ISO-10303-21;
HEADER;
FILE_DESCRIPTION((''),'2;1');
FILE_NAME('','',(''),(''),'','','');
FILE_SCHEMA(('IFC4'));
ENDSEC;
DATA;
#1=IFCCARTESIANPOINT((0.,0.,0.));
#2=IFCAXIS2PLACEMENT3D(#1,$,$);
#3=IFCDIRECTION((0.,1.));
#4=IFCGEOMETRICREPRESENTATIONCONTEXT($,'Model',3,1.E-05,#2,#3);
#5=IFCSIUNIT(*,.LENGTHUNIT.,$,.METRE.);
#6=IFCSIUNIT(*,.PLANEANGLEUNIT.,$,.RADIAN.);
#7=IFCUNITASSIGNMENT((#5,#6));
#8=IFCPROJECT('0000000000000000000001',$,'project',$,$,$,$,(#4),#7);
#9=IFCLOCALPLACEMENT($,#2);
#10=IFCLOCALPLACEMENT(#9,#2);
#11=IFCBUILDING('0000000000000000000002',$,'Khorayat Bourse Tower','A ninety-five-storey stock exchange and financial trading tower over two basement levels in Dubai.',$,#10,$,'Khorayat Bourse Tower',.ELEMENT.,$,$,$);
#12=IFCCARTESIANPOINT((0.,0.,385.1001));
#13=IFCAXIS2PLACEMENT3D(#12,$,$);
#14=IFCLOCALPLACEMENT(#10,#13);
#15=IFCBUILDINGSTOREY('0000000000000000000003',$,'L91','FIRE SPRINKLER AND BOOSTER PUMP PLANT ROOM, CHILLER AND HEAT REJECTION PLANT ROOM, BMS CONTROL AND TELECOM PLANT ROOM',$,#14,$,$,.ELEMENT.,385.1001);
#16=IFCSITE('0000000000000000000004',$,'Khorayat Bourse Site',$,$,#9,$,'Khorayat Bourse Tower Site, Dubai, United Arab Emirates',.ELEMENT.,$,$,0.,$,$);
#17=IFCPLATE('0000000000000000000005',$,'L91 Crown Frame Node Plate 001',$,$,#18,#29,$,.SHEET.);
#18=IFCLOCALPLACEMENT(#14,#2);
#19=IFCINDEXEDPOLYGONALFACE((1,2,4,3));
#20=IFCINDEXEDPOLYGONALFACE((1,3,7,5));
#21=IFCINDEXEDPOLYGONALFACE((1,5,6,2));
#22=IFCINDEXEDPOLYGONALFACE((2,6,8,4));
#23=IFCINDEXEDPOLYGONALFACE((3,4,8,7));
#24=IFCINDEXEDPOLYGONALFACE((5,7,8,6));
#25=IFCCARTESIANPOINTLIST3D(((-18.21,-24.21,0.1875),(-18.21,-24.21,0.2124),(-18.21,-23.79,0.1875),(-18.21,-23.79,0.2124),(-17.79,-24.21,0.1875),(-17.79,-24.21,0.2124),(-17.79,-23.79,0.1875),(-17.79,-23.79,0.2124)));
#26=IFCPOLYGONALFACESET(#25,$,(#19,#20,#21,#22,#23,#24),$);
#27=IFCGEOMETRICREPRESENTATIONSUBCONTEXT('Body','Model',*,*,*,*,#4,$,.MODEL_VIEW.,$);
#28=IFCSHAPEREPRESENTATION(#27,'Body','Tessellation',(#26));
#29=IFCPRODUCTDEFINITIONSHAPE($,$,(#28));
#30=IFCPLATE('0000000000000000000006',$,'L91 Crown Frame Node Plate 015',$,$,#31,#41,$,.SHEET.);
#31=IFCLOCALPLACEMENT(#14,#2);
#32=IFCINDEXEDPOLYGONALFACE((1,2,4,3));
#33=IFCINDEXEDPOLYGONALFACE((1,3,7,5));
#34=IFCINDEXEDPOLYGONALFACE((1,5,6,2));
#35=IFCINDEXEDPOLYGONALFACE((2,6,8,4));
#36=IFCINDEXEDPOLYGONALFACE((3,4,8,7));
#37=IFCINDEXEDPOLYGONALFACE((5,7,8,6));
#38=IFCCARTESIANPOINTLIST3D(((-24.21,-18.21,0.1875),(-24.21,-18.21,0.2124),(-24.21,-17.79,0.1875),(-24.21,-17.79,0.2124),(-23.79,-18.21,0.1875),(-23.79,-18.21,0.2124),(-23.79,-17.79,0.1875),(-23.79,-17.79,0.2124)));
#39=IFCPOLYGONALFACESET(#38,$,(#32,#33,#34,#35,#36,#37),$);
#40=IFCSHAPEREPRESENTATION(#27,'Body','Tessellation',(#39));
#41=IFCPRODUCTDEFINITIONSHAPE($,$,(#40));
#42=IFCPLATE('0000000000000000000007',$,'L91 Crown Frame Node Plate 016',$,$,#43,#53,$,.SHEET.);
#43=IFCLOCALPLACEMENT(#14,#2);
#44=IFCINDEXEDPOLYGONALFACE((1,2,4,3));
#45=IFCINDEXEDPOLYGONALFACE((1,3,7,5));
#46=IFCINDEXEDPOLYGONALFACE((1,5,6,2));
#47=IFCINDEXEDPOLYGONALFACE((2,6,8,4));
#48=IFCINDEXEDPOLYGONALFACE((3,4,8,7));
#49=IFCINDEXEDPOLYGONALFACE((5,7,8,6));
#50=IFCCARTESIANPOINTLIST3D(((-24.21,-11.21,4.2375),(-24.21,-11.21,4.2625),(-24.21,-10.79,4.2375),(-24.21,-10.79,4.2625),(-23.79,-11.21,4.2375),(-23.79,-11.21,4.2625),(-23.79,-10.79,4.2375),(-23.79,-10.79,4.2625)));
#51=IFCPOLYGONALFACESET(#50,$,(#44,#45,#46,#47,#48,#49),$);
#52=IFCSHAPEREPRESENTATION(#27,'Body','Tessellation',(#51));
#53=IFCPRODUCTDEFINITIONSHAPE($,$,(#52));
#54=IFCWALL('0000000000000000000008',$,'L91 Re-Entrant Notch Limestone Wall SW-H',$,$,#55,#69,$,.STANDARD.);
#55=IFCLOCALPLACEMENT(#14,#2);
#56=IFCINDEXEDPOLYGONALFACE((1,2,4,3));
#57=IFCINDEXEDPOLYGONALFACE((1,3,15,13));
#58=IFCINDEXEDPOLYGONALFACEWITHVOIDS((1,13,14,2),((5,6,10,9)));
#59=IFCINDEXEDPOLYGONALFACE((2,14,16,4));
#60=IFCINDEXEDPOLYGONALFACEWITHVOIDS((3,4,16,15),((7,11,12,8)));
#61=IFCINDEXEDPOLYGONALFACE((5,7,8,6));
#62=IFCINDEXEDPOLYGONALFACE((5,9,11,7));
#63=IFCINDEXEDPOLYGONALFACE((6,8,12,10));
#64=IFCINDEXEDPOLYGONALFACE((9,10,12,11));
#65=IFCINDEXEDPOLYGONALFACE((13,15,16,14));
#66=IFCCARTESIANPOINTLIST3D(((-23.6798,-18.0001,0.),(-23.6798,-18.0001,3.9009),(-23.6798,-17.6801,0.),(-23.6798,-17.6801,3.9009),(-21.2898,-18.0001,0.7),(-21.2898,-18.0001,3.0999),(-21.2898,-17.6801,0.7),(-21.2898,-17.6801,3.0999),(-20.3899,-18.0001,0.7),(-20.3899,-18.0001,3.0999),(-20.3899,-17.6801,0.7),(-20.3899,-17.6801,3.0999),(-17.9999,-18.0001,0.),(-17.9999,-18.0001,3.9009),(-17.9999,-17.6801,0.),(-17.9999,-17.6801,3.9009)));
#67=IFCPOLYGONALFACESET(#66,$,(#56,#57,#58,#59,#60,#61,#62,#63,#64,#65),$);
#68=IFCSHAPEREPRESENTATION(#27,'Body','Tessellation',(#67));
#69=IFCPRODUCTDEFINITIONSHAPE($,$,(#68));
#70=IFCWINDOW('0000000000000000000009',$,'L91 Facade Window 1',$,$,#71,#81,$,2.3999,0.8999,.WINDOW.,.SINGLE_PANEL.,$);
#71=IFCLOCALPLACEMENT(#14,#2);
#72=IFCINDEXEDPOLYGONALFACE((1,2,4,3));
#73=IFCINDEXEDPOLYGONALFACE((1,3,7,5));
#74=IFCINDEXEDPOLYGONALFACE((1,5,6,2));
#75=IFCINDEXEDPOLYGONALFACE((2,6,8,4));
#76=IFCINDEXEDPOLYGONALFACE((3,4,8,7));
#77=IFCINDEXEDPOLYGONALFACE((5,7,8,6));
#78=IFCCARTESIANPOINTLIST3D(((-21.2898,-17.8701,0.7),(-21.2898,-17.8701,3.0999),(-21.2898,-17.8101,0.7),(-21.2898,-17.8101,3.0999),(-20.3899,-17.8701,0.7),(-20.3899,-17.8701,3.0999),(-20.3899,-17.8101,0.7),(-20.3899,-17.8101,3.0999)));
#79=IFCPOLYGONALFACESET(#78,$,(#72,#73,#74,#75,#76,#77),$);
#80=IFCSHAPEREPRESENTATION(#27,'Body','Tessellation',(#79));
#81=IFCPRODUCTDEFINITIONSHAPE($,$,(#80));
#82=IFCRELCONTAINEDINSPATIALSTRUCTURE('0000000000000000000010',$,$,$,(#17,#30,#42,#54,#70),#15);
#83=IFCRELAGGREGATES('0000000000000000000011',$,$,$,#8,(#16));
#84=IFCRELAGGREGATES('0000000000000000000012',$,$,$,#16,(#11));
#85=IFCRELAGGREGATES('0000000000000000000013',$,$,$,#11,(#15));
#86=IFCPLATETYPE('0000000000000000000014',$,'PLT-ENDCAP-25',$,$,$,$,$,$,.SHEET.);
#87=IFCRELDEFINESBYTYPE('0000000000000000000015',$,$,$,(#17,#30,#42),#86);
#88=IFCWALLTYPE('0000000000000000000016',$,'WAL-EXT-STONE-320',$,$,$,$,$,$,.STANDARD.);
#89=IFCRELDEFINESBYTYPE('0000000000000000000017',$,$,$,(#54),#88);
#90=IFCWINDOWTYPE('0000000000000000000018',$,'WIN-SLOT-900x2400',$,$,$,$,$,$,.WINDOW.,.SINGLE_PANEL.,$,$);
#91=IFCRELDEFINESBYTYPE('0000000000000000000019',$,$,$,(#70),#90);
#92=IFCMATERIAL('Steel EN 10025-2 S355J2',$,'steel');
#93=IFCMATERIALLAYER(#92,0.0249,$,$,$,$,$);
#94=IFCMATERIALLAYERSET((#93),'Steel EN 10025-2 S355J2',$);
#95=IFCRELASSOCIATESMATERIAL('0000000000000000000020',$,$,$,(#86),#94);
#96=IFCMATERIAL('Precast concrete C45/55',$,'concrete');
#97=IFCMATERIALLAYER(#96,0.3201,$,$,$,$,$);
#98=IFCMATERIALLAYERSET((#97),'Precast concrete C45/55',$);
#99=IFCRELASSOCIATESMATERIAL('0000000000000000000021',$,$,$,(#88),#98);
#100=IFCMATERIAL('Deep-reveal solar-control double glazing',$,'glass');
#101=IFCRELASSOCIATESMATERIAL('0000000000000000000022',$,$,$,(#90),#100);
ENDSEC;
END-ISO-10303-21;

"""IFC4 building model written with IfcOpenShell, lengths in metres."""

from ifc_helpers import new_model, si_unit, direction, frame, frame_2d, origin, origin_2d, place, context, subcontext, project, spatial, rectangle, extrude, source, transform, mapped, material, layer, layer_set, type_object, element, fill, save


model = new_model("IFC4")

# Units and contexts
model_context = context("Model", 3, precision=1e-05, world=origin(), true_north=direction((0.0, 1.0)))
body_context = subcontext(model_context, "Body", "Model", "MODEL_VIEW")
ifc_project = project(units=[si_unit("LENGTHUNIT", "METRE"), si_unit("PLANEANGLEUNIT", "RADIAN")], contexts=[model_context])

# Site, building, storey
site_placement = place(None, origin())
site = spatial("IfcSite", under=ifc_project, at=site_placement, Name="Khorayat Bourse Site", LongName="Khorayat Bourse Tower Site, Dubai, United Arab Emirates", CompositionType="ELEMENT", RefElevation=0.0)
building_placement = place(site_placement, origin())
building = spatial("IfcBuilding", under=site, at=building_placement, Name="Khorayat Bourse Tower", Description="A ninety-five-storey stock exchange and financial trading tower over two basement levels in Dubai.", LongName="Khorayat Bourse Tower", CompositionType="ELEMENT")
storey_placement = place(building_placement, frame((0.0, 0.0, 385.1001)))
storey = spatial("IfcBuildingStorey", under=building, at=storey_placement, Name="L91", Description="FIRE SPRINKLER AND BOOSTER PUMP PLANT ROOM, CHILLER AND HEAT REJECTION PLANT ROOM, BMS CONTROL AND TELECOM PLANT ROOM", CompositionType="ELEMENT", Elevation=385.1001)

# Shared definitions
ifc_material_1 = material(Name="Steel EN 10025-2 S355J2", Category="steel")

# Plates
ifc_layer_1 = layer(ifc_material_1, 0.0249)
ifc_layer_set_1 = layer_set([ifc_layer_1], Name="Steel EN 10025-2 S355J2")
plate_type = type_object("IfcPlateType", Name="PLT-ENDCAP-25", PredefinedType="SHEET", material=ifc_layer_set_1)
shared_shape_1 = source(origin(), body_context, "Body", "SweptSolid", [
    extrude(rectangle(XDim=0.4199, YDim=0.4199, at=origin_2d()), origin(), (0.0, 0.0, 1.0), 0.0249),
])
for number, where, z_axis, x_axis, name in (
    (1, (-18.0, -24.0, 0.1875), (0.0, 0.0, 1.0), (1.0, 0.0, 0.0), "L91 Crown Frame Node Plate 001"),
    (2, (-24.0, -18.0, 0.1875), (0.0, 0.0, 1.0), (1.0, 0.0, 0.0), "L91 Crown Frame Node Plate 015"),
    (3, (-24.0, -11.0, 4.2375), (0.0, 0.0, 1.0), (1.0, 0.0, 0.0), "L91 Crown Frame Node Plate 016"),
):
    element("IfcPlate", number, at=place(storey_placement, frame(where, z_axis=z_axis, x_axis=x_axis)), inside=storey, type_object=plate_type, Name=name, PredefinedType="SHEET", context=body_context, shape_type="MappedRepresentation", body=[
        mapped(shared_shape_1, transform((0.0, 0.0, 0.0), scale=1.0)),
    ])

# Wall, opening, window
ifc_material_2 = material(Name="Precast concrete C45/55", Category="concrete")
ifc_layer_2 = layer(ifc_material_2, 0.3201)
ifc_layer_set_2 = layer_set([ifc_layer_2], Name="Precast concrete C45/55")
wall_type = type_object("IfcWallType", Name="WAL-EXT-STONE-320", PredefinedType="STANDARD", material=ifc_layer_set_2)
shared_shape_2 = source(origin(), body_context, "Body", "SweptSolid", [
    extrude(rectangle(XDim=5.6799, YDim=0.3201, at=frame_2d((2.8398, 0.0))), origin(), (0.0, 0.0, 1.0), 3.9009),
])
wall_placement = place(storey_placement, frame((-18.0, -17.8401, 0.0), z_axis=(0.0, 0.0, 1.0), x_axis=(-1.0, 0.0, 0.0)))
wall = element("IfcWall", 4, at=wall_placement, inside=storey, type_object=wall_type, Name="L91 Re-Entrant Notch Limestone Wall SW-H", PredefinedType="STANDARD", context=body_context, shape_type="MappedRepresentation", body=[
    mapped(shared_shape_2, transform((0.0, 0.0, 0.0), scale=1.0)),
])
shared_shape_3 = source(origin(), body_context, "Body", "SweptSolid", [
    extrude(rectangle(XDim=0.8999, YDim=2.3999, at=frame_2d((0.45, 1.2))), frame((0.0, 0.1699, 0.0), z_axis=(0.0, -1.0, 0.0), x_axis=(1.0, 0.0, 0.0)), (0.0, 0.0, 1.0), 0.3401),
])
opening_placement = place(wall_placement, frame((2.3899, 0.0, 0.7)))
opening = element("IfcOpeningElement", 5, at=opening_placement, cuts=wall, PredefinedType="OPENING", context=body_context, shape_type="MappedRepresentation", body=[
    mapped(shared_shape_3, transform((0.0, 0.0, 0.0), scale=1.0)),
])
ifc_material_3 = material(Name="Deep-reveal solar-control double glazing", Category="glass")
window_type = type_object("IfcWindowType", Name="WIN-SLOT-900x2400", PartitioningType="SINGLE_PANEL", PredefinedType="WINDOW", material=ifc_material_3)
shared_shape_4 = source(origin(), body_context, "Body", "SweptSolid", [
    extrude(rectangle(XDim=0.8999, YDim=2.3999, at=frame_2d((0.45, 1.2))), frame((0.0, 0.03, 0.0), z_axis=(0.0, -1.0, 0.0), x_axis=(1.0, 0.0, 0.0)), (0.0, 0.0, 1.0), 0.0601),
])
window_placement = place(opening_placement, origin())
window = element("IfcWindow", 6, at=window_placement, inside=storey, type_object=window_type, Name="L91 Facade Window 1", OverallHeight=2.3999, OverallWidth=0.8999, PartitioningType="SINGLE_PANEL", PredefinedType="WINDOW", context=body_context, shape_type="MappedRepresentation", body=[
    mapped(shared_shape_4, transform((0.0, 0.0, 0.0), scale=1.0)),
])
fill(opening, window)

save(model, "model.ifc")
